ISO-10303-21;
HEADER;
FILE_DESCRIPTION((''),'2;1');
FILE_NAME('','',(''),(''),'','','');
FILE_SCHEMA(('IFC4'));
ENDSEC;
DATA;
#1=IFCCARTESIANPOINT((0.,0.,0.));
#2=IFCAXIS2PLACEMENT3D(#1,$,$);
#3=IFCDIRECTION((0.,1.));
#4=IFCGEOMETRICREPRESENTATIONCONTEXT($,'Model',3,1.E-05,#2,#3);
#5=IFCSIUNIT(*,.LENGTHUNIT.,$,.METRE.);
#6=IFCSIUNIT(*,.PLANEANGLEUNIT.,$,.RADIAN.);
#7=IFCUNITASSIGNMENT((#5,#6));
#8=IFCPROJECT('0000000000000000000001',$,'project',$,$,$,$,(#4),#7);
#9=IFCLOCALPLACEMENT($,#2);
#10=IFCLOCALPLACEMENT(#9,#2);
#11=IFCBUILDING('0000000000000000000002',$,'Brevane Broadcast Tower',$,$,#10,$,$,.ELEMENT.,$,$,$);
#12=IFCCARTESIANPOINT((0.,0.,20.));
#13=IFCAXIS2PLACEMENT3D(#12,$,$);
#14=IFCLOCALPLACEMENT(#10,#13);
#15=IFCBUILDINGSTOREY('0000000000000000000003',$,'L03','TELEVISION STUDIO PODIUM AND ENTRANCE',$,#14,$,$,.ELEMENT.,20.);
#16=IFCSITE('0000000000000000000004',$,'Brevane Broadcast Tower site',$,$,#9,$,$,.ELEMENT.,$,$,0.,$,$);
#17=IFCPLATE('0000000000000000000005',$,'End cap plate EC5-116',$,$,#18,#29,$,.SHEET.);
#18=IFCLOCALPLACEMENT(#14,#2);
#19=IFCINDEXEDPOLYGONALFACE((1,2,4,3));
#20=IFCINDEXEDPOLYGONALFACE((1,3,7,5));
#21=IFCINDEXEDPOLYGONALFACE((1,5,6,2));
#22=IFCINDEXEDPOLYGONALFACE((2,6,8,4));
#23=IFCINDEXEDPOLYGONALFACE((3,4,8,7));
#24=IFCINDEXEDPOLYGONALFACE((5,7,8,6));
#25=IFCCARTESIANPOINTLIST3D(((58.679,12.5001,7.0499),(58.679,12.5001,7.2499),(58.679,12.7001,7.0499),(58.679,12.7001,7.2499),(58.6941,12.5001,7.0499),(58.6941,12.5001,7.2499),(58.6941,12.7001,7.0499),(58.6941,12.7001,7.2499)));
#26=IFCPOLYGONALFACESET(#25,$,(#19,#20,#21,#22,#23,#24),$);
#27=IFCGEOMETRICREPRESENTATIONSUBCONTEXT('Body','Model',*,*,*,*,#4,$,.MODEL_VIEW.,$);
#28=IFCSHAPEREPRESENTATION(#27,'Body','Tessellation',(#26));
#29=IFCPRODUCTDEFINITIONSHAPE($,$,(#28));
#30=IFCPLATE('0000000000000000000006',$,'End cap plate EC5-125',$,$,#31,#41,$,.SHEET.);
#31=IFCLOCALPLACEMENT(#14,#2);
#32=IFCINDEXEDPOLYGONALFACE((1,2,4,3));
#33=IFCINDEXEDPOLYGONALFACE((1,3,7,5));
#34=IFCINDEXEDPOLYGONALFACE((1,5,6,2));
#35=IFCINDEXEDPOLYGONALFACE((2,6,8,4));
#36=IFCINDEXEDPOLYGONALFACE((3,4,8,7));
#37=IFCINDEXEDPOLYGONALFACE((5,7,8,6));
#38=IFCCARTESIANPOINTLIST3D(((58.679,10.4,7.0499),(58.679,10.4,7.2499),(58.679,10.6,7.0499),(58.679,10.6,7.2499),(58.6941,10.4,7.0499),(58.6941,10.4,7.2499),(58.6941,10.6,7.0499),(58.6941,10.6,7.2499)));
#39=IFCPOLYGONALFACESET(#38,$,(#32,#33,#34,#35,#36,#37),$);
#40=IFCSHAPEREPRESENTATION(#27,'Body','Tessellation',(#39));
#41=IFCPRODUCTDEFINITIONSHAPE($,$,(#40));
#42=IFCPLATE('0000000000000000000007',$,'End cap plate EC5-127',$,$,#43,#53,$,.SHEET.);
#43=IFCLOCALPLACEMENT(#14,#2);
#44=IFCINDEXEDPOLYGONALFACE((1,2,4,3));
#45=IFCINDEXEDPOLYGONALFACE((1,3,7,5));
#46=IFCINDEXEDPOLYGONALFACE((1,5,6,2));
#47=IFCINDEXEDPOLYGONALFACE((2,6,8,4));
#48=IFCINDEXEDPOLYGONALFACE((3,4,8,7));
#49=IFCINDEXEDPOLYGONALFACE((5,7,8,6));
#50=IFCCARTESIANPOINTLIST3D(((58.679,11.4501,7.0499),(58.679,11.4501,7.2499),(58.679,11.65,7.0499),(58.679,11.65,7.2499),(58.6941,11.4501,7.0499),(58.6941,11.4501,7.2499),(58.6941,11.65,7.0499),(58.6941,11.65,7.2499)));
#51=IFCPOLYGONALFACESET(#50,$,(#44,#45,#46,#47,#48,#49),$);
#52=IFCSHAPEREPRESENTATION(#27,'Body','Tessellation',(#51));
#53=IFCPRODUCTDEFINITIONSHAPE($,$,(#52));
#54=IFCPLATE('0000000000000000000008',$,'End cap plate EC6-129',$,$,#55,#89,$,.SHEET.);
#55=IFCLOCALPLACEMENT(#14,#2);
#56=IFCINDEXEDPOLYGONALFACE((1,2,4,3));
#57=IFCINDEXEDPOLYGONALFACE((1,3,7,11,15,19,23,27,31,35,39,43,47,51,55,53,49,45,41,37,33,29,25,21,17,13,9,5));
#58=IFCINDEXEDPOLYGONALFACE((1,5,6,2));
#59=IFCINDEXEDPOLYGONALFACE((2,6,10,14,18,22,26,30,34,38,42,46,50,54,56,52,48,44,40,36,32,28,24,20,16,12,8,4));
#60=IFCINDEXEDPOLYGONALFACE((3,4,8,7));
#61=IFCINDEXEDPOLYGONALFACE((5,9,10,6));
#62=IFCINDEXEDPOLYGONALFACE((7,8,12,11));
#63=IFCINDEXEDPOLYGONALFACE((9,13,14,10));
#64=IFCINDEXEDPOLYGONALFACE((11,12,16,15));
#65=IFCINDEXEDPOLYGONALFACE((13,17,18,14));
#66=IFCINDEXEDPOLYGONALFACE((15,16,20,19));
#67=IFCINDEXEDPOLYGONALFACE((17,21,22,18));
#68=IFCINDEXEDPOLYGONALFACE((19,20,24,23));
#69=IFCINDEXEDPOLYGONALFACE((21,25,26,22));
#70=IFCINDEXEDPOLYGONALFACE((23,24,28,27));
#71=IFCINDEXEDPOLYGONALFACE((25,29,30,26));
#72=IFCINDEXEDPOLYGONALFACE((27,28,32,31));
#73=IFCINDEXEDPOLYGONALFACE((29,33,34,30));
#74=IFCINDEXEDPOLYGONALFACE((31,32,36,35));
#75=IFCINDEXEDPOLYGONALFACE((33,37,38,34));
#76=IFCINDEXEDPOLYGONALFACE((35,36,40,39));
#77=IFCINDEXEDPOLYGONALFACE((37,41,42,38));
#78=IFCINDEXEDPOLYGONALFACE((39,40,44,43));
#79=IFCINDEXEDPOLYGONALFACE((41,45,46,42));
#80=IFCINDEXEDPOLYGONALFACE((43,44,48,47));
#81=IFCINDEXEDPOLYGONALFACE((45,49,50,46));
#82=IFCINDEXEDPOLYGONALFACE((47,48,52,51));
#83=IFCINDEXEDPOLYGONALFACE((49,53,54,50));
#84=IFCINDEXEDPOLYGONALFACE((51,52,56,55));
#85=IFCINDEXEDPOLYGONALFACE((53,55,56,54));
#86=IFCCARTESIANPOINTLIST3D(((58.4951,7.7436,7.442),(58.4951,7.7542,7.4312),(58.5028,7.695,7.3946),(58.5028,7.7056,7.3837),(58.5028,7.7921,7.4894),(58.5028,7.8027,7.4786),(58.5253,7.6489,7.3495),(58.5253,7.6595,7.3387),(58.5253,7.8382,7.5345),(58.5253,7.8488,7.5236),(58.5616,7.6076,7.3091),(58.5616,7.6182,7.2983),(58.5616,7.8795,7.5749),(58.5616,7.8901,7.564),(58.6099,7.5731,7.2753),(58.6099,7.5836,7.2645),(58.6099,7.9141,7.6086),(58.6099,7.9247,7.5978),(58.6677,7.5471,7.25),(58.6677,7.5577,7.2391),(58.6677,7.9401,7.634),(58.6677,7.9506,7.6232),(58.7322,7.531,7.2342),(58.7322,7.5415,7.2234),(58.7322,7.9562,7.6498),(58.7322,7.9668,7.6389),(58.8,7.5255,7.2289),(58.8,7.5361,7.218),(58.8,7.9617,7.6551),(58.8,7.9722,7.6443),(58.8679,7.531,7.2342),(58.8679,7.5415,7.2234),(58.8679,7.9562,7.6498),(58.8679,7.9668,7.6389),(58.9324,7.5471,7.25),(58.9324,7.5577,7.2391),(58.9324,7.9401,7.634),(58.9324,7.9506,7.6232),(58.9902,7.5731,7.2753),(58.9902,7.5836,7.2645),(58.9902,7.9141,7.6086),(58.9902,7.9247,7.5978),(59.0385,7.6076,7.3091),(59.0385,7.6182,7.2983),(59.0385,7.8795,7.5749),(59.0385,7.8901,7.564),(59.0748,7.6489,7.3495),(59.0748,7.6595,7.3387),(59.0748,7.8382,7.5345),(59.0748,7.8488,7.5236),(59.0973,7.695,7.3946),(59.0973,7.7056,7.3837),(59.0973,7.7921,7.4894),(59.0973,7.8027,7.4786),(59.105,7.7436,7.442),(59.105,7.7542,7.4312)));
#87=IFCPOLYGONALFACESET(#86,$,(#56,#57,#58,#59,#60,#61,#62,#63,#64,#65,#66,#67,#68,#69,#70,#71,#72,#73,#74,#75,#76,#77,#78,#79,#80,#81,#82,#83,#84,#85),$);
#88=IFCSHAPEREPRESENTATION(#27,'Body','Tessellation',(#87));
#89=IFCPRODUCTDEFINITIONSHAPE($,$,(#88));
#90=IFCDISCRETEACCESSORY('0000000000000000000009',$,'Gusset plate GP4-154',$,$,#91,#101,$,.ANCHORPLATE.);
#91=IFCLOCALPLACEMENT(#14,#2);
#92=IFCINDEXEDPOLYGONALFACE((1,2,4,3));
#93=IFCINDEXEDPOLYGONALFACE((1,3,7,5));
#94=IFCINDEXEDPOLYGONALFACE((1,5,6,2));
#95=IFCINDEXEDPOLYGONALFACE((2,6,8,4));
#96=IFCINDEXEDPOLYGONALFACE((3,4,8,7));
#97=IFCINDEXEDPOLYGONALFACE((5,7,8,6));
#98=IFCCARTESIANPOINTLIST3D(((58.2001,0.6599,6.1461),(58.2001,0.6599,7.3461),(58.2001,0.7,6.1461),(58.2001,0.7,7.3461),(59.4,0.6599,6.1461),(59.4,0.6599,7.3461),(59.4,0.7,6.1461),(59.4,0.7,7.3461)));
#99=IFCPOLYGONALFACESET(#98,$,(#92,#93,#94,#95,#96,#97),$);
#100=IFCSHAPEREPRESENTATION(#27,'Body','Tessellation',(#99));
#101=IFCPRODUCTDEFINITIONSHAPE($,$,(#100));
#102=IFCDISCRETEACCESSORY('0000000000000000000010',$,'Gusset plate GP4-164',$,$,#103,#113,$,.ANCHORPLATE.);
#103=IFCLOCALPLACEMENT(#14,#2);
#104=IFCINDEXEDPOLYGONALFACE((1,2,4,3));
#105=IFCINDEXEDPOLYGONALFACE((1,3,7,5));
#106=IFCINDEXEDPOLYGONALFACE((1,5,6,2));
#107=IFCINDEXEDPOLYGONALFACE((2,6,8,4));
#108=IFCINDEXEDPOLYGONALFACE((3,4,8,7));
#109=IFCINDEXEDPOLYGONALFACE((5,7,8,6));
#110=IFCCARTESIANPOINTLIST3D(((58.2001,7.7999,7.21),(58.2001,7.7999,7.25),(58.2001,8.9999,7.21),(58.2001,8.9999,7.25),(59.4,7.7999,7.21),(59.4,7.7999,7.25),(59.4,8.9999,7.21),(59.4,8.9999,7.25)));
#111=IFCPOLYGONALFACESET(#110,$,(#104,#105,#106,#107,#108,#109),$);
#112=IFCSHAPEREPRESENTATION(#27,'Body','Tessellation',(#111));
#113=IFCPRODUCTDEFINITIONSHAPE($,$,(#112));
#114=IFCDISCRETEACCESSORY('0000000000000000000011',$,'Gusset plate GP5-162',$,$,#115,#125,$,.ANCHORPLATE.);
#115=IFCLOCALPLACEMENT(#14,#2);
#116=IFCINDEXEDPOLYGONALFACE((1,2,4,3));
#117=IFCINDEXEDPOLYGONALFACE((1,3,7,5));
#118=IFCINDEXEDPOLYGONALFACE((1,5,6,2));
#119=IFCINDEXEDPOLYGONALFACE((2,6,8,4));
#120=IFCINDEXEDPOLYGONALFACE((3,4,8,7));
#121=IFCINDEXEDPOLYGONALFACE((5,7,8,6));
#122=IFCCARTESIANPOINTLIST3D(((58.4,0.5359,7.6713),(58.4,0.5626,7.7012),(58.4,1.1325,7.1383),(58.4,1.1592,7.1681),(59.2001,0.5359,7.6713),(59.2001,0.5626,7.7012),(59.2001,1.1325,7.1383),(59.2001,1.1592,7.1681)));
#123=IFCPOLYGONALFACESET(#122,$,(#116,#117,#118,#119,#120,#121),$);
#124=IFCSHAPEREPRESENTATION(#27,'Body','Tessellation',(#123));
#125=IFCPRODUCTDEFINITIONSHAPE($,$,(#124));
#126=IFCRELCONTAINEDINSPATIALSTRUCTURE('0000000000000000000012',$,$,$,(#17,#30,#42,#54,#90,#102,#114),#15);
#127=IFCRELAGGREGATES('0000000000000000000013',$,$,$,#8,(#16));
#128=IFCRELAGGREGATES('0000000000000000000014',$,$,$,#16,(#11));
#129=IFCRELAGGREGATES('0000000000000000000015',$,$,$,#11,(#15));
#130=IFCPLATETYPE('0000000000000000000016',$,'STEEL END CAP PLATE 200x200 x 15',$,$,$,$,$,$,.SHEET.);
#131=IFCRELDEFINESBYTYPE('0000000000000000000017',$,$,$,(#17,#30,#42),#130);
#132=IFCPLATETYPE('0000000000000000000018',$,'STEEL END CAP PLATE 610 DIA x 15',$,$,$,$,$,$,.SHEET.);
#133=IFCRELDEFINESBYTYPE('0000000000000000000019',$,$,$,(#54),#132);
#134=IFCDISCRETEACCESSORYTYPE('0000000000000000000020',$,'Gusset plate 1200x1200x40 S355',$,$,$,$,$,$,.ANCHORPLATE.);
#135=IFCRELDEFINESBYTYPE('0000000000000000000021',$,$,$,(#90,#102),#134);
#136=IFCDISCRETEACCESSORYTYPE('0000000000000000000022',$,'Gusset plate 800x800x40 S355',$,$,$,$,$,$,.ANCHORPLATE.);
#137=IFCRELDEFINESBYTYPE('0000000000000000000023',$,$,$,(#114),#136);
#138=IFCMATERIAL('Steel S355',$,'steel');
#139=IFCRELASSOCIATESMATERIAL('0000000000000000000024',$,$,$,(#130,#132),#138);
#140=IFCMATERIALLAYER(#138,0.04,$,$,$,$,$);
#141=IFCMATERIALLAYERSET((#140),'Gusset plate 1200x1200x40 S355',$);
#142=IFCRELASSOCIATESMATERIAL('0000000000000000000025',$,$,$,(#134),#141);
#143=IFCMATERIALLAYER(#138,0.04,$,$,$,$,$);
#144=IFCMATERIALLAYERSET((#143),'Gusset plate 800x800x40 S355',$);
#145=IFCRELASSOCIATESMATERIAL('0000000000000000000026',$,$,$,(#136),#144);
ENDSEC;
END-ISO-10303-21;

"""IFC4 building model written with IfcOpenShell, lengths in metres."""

from ifc_helpers import new_model, si_unit, direction, frame, origin, origin_2d, place, context, subcontext, project, spatial, rectangle, circle, extrude, material, layer, layer_set, material_profile, profile_set, type_object, element, save


model = new_model("IFC4")

# Units and contexts
model_context = context("Model", 3, precision=1e-05, world=origin(), true_north=direction((0.0, 1.0)))
body_context = subcontext(model_context, "Body", "Model", "MODEL_VIEW")
ifc_project = project(units=[si_unit("LENGTHUNIT", "METRE"), si_unit("PLANEANGLEUNIT", "RADIAN")], contexts=[model_context])

# Site, building, storey
site_placement = place(None, origin())
site = spatial("IfcSite", under=ifc_project, at=site_placement, Name="Brevane Broadcast Tower site", CompositionType="ELEMENT", RefElevation=0.0)
building_placement = place(site_placement, origin())
building = spatial("IfcBuilding", under=site, at=building_placement, Name="Brevane Broadcast Tower", CompositionType="ELEMENT")
storey_placement = place(building_placement, frame((0.0, 0.0, 20.0)))
storey = spatial("IfcBuildingStorey", under=building, at=storey_placement, Name="L03", Description="TELEVISION STUDIO PODIUM AND ENTRANCE", CompositionType="ELEMENT", Elevation=20.0)

# Shared definitions
ifc_material_1 = material(Name="Steel S355", Category="steel")

# Plates
ifc_material_profile_1 = material_profile(ifc_material_1, rectangle(XDim=0.2, YDim=0.2, at=origin_2d()), Name="PL 200x200 x 15")
ifc_profile_set_1 = profile_set([ifc_material_profile_1], Name="Steel S355")
plate_type_1 = type_object("IfcPlateType", Name="STEEL END CAP PLATE 200x200 x 15", PredefinedType="SHEET", material=ifc_profile_set_1)
for number, where, z_axis, x_axis, name in (
    (1, (58.679, 12.6001, 7.1499), (1.0, 0.0, 0.0), (0.0, 1.0, 0.0), "End cap plate EC5-116"),
    (2, (58.679, 10.5, 7.1499), (1.0, 0.0, 0.0), (0.0, 1.0, 0.0), "End cap plate EC5-125"),
    (3, (58.679, 11.55, 7.1499), (1.0, 0.0, 0.0), (0.0, 1.0, 0.0), "End cap plate EC5-127"),
):
    element("IfcPlate", number, at=place(storey_placement, frame(where, z_axis=z_axis, x_axis=x_axis)), inside=storey, type_object=plate_type_1, Name=name, PredefinedType="SHEET", context=body_context, shape_type="SweptSolid", body=[
        extrude(rectangle(XDim=0.2, YDim=0.2, at=origin_2d()), origin(), (0.0, 0.0, 1.0), 0.0151),
    ])
ifc_material_profile_2 = material_profile(ifc_material_1, circle(Radius=0.3049, at=origin_2d()), Name="PL 610 DIA x 15")
ifc_profile_set_2 = profile_set([ifc_material_profile_2], Name="Steel S355")
plate_type_2 = type_object("IfcPlateType", Name="STEEL END CAP PLATE 610 DIA x 15", PredefinedType="SHEET", material=ifc_profile_set_2)
plate_1_placement = place(storey_placement, frame((58.8, 7.7542, 7.4312), z_axis=(0.0, -0.698933, 0.715187), x_axis=(1.0, 0.0, 0.0)))
element("IfcPlate", 4, at=plate_1_placement, inside=storey, type_object=plate_type_2, Name="End cap plate EC6-129", PredefinedType="SHEET", context=body_context, shape_type="SweptSolid", body=[
    extrude(circle(Radius=0.3049, at=origin_2d()), origin(), (0.0, 0.0, 1.0), 0.0151),
])

# Discrete accessories
ifc_layer_1 = layer(ifc_material_1, 0.04)
ifc_layer_set_1 = layer_set([ifc_layer_1], Name="Gusset plate 1200x1200x40 S355")
discrete_accessory_type_1 = type_object("IfcDiscreteAccessoryType", Name="Gusset plate 1200x1200x40 S355", PredefinedType="ANCHORPLATE", material=ifc_layer_set_1)
for number, where, z_axis, x_axis, name in (
    (5, (58.8, 0.6599, 6.7461), (0.0, 1.0, 0.0), (-1.0, 0.0, 0.0), "Gusset plate GP4-154"),
    (6, (58.8, 8.3999, 7.21), (0.0, 0.0, 1.0), (1.0, 0.0, 0.0), "Gusset plate GP4-164"),
):
    element("IfcDiscreteAccessory", number, at=place(storey_placement, frame(where, z_axis=z_axis, x_axis=x_axis)), inside=storey, type_object=discrete_accessory_type_1, Name=name, PredefinedType="ANCHORPLATE", context=body_context, shape_type="SweptSolid", body=[
        extrude(rectangle(XDim=1.2, YDim=1.2, at=origin_2d()), origin(), (0.0, 0.0, 1.0), 0.04),
    ])
ifc_layer_2 = layer(ifc_material_1, 0.04)
ifc_layer_set_2 = layer_set([ifc_layer_2], Name="Gusset plate 800x800x40 S355")
discrete_accessory_type_2 = type_object("IfcDiscreteAccessoryType", Name="Gusset plate 800x800x40 S355", PredefinedType="ANCHORPLATE", material=ifc_layer_set_2)
discrete_accessory_placement = place(storey_placement, frame((58.8, 0.8342, 7.4048), z_axis=(0.0, 0.666259, 0.745721), x_axis=(-1.0, 0.0, 0.0)))
element("IfcDiscreteAccessory", 7, at=discrete_accessory_placement, inside=storey, type_object=discrete_accessory_type_2, Name="Gusset plate GP5-162", PredefinedType="ANCHORPLATE", context=body_context, shape_type="SweptSolid", body=[
    extrude(rectangle(XDim=0.8, YDim=0.8, at=origin_2d()), origin(), (0.0, 0.0, 1.0), 0.04),
])

save(model, "model.ifc")
